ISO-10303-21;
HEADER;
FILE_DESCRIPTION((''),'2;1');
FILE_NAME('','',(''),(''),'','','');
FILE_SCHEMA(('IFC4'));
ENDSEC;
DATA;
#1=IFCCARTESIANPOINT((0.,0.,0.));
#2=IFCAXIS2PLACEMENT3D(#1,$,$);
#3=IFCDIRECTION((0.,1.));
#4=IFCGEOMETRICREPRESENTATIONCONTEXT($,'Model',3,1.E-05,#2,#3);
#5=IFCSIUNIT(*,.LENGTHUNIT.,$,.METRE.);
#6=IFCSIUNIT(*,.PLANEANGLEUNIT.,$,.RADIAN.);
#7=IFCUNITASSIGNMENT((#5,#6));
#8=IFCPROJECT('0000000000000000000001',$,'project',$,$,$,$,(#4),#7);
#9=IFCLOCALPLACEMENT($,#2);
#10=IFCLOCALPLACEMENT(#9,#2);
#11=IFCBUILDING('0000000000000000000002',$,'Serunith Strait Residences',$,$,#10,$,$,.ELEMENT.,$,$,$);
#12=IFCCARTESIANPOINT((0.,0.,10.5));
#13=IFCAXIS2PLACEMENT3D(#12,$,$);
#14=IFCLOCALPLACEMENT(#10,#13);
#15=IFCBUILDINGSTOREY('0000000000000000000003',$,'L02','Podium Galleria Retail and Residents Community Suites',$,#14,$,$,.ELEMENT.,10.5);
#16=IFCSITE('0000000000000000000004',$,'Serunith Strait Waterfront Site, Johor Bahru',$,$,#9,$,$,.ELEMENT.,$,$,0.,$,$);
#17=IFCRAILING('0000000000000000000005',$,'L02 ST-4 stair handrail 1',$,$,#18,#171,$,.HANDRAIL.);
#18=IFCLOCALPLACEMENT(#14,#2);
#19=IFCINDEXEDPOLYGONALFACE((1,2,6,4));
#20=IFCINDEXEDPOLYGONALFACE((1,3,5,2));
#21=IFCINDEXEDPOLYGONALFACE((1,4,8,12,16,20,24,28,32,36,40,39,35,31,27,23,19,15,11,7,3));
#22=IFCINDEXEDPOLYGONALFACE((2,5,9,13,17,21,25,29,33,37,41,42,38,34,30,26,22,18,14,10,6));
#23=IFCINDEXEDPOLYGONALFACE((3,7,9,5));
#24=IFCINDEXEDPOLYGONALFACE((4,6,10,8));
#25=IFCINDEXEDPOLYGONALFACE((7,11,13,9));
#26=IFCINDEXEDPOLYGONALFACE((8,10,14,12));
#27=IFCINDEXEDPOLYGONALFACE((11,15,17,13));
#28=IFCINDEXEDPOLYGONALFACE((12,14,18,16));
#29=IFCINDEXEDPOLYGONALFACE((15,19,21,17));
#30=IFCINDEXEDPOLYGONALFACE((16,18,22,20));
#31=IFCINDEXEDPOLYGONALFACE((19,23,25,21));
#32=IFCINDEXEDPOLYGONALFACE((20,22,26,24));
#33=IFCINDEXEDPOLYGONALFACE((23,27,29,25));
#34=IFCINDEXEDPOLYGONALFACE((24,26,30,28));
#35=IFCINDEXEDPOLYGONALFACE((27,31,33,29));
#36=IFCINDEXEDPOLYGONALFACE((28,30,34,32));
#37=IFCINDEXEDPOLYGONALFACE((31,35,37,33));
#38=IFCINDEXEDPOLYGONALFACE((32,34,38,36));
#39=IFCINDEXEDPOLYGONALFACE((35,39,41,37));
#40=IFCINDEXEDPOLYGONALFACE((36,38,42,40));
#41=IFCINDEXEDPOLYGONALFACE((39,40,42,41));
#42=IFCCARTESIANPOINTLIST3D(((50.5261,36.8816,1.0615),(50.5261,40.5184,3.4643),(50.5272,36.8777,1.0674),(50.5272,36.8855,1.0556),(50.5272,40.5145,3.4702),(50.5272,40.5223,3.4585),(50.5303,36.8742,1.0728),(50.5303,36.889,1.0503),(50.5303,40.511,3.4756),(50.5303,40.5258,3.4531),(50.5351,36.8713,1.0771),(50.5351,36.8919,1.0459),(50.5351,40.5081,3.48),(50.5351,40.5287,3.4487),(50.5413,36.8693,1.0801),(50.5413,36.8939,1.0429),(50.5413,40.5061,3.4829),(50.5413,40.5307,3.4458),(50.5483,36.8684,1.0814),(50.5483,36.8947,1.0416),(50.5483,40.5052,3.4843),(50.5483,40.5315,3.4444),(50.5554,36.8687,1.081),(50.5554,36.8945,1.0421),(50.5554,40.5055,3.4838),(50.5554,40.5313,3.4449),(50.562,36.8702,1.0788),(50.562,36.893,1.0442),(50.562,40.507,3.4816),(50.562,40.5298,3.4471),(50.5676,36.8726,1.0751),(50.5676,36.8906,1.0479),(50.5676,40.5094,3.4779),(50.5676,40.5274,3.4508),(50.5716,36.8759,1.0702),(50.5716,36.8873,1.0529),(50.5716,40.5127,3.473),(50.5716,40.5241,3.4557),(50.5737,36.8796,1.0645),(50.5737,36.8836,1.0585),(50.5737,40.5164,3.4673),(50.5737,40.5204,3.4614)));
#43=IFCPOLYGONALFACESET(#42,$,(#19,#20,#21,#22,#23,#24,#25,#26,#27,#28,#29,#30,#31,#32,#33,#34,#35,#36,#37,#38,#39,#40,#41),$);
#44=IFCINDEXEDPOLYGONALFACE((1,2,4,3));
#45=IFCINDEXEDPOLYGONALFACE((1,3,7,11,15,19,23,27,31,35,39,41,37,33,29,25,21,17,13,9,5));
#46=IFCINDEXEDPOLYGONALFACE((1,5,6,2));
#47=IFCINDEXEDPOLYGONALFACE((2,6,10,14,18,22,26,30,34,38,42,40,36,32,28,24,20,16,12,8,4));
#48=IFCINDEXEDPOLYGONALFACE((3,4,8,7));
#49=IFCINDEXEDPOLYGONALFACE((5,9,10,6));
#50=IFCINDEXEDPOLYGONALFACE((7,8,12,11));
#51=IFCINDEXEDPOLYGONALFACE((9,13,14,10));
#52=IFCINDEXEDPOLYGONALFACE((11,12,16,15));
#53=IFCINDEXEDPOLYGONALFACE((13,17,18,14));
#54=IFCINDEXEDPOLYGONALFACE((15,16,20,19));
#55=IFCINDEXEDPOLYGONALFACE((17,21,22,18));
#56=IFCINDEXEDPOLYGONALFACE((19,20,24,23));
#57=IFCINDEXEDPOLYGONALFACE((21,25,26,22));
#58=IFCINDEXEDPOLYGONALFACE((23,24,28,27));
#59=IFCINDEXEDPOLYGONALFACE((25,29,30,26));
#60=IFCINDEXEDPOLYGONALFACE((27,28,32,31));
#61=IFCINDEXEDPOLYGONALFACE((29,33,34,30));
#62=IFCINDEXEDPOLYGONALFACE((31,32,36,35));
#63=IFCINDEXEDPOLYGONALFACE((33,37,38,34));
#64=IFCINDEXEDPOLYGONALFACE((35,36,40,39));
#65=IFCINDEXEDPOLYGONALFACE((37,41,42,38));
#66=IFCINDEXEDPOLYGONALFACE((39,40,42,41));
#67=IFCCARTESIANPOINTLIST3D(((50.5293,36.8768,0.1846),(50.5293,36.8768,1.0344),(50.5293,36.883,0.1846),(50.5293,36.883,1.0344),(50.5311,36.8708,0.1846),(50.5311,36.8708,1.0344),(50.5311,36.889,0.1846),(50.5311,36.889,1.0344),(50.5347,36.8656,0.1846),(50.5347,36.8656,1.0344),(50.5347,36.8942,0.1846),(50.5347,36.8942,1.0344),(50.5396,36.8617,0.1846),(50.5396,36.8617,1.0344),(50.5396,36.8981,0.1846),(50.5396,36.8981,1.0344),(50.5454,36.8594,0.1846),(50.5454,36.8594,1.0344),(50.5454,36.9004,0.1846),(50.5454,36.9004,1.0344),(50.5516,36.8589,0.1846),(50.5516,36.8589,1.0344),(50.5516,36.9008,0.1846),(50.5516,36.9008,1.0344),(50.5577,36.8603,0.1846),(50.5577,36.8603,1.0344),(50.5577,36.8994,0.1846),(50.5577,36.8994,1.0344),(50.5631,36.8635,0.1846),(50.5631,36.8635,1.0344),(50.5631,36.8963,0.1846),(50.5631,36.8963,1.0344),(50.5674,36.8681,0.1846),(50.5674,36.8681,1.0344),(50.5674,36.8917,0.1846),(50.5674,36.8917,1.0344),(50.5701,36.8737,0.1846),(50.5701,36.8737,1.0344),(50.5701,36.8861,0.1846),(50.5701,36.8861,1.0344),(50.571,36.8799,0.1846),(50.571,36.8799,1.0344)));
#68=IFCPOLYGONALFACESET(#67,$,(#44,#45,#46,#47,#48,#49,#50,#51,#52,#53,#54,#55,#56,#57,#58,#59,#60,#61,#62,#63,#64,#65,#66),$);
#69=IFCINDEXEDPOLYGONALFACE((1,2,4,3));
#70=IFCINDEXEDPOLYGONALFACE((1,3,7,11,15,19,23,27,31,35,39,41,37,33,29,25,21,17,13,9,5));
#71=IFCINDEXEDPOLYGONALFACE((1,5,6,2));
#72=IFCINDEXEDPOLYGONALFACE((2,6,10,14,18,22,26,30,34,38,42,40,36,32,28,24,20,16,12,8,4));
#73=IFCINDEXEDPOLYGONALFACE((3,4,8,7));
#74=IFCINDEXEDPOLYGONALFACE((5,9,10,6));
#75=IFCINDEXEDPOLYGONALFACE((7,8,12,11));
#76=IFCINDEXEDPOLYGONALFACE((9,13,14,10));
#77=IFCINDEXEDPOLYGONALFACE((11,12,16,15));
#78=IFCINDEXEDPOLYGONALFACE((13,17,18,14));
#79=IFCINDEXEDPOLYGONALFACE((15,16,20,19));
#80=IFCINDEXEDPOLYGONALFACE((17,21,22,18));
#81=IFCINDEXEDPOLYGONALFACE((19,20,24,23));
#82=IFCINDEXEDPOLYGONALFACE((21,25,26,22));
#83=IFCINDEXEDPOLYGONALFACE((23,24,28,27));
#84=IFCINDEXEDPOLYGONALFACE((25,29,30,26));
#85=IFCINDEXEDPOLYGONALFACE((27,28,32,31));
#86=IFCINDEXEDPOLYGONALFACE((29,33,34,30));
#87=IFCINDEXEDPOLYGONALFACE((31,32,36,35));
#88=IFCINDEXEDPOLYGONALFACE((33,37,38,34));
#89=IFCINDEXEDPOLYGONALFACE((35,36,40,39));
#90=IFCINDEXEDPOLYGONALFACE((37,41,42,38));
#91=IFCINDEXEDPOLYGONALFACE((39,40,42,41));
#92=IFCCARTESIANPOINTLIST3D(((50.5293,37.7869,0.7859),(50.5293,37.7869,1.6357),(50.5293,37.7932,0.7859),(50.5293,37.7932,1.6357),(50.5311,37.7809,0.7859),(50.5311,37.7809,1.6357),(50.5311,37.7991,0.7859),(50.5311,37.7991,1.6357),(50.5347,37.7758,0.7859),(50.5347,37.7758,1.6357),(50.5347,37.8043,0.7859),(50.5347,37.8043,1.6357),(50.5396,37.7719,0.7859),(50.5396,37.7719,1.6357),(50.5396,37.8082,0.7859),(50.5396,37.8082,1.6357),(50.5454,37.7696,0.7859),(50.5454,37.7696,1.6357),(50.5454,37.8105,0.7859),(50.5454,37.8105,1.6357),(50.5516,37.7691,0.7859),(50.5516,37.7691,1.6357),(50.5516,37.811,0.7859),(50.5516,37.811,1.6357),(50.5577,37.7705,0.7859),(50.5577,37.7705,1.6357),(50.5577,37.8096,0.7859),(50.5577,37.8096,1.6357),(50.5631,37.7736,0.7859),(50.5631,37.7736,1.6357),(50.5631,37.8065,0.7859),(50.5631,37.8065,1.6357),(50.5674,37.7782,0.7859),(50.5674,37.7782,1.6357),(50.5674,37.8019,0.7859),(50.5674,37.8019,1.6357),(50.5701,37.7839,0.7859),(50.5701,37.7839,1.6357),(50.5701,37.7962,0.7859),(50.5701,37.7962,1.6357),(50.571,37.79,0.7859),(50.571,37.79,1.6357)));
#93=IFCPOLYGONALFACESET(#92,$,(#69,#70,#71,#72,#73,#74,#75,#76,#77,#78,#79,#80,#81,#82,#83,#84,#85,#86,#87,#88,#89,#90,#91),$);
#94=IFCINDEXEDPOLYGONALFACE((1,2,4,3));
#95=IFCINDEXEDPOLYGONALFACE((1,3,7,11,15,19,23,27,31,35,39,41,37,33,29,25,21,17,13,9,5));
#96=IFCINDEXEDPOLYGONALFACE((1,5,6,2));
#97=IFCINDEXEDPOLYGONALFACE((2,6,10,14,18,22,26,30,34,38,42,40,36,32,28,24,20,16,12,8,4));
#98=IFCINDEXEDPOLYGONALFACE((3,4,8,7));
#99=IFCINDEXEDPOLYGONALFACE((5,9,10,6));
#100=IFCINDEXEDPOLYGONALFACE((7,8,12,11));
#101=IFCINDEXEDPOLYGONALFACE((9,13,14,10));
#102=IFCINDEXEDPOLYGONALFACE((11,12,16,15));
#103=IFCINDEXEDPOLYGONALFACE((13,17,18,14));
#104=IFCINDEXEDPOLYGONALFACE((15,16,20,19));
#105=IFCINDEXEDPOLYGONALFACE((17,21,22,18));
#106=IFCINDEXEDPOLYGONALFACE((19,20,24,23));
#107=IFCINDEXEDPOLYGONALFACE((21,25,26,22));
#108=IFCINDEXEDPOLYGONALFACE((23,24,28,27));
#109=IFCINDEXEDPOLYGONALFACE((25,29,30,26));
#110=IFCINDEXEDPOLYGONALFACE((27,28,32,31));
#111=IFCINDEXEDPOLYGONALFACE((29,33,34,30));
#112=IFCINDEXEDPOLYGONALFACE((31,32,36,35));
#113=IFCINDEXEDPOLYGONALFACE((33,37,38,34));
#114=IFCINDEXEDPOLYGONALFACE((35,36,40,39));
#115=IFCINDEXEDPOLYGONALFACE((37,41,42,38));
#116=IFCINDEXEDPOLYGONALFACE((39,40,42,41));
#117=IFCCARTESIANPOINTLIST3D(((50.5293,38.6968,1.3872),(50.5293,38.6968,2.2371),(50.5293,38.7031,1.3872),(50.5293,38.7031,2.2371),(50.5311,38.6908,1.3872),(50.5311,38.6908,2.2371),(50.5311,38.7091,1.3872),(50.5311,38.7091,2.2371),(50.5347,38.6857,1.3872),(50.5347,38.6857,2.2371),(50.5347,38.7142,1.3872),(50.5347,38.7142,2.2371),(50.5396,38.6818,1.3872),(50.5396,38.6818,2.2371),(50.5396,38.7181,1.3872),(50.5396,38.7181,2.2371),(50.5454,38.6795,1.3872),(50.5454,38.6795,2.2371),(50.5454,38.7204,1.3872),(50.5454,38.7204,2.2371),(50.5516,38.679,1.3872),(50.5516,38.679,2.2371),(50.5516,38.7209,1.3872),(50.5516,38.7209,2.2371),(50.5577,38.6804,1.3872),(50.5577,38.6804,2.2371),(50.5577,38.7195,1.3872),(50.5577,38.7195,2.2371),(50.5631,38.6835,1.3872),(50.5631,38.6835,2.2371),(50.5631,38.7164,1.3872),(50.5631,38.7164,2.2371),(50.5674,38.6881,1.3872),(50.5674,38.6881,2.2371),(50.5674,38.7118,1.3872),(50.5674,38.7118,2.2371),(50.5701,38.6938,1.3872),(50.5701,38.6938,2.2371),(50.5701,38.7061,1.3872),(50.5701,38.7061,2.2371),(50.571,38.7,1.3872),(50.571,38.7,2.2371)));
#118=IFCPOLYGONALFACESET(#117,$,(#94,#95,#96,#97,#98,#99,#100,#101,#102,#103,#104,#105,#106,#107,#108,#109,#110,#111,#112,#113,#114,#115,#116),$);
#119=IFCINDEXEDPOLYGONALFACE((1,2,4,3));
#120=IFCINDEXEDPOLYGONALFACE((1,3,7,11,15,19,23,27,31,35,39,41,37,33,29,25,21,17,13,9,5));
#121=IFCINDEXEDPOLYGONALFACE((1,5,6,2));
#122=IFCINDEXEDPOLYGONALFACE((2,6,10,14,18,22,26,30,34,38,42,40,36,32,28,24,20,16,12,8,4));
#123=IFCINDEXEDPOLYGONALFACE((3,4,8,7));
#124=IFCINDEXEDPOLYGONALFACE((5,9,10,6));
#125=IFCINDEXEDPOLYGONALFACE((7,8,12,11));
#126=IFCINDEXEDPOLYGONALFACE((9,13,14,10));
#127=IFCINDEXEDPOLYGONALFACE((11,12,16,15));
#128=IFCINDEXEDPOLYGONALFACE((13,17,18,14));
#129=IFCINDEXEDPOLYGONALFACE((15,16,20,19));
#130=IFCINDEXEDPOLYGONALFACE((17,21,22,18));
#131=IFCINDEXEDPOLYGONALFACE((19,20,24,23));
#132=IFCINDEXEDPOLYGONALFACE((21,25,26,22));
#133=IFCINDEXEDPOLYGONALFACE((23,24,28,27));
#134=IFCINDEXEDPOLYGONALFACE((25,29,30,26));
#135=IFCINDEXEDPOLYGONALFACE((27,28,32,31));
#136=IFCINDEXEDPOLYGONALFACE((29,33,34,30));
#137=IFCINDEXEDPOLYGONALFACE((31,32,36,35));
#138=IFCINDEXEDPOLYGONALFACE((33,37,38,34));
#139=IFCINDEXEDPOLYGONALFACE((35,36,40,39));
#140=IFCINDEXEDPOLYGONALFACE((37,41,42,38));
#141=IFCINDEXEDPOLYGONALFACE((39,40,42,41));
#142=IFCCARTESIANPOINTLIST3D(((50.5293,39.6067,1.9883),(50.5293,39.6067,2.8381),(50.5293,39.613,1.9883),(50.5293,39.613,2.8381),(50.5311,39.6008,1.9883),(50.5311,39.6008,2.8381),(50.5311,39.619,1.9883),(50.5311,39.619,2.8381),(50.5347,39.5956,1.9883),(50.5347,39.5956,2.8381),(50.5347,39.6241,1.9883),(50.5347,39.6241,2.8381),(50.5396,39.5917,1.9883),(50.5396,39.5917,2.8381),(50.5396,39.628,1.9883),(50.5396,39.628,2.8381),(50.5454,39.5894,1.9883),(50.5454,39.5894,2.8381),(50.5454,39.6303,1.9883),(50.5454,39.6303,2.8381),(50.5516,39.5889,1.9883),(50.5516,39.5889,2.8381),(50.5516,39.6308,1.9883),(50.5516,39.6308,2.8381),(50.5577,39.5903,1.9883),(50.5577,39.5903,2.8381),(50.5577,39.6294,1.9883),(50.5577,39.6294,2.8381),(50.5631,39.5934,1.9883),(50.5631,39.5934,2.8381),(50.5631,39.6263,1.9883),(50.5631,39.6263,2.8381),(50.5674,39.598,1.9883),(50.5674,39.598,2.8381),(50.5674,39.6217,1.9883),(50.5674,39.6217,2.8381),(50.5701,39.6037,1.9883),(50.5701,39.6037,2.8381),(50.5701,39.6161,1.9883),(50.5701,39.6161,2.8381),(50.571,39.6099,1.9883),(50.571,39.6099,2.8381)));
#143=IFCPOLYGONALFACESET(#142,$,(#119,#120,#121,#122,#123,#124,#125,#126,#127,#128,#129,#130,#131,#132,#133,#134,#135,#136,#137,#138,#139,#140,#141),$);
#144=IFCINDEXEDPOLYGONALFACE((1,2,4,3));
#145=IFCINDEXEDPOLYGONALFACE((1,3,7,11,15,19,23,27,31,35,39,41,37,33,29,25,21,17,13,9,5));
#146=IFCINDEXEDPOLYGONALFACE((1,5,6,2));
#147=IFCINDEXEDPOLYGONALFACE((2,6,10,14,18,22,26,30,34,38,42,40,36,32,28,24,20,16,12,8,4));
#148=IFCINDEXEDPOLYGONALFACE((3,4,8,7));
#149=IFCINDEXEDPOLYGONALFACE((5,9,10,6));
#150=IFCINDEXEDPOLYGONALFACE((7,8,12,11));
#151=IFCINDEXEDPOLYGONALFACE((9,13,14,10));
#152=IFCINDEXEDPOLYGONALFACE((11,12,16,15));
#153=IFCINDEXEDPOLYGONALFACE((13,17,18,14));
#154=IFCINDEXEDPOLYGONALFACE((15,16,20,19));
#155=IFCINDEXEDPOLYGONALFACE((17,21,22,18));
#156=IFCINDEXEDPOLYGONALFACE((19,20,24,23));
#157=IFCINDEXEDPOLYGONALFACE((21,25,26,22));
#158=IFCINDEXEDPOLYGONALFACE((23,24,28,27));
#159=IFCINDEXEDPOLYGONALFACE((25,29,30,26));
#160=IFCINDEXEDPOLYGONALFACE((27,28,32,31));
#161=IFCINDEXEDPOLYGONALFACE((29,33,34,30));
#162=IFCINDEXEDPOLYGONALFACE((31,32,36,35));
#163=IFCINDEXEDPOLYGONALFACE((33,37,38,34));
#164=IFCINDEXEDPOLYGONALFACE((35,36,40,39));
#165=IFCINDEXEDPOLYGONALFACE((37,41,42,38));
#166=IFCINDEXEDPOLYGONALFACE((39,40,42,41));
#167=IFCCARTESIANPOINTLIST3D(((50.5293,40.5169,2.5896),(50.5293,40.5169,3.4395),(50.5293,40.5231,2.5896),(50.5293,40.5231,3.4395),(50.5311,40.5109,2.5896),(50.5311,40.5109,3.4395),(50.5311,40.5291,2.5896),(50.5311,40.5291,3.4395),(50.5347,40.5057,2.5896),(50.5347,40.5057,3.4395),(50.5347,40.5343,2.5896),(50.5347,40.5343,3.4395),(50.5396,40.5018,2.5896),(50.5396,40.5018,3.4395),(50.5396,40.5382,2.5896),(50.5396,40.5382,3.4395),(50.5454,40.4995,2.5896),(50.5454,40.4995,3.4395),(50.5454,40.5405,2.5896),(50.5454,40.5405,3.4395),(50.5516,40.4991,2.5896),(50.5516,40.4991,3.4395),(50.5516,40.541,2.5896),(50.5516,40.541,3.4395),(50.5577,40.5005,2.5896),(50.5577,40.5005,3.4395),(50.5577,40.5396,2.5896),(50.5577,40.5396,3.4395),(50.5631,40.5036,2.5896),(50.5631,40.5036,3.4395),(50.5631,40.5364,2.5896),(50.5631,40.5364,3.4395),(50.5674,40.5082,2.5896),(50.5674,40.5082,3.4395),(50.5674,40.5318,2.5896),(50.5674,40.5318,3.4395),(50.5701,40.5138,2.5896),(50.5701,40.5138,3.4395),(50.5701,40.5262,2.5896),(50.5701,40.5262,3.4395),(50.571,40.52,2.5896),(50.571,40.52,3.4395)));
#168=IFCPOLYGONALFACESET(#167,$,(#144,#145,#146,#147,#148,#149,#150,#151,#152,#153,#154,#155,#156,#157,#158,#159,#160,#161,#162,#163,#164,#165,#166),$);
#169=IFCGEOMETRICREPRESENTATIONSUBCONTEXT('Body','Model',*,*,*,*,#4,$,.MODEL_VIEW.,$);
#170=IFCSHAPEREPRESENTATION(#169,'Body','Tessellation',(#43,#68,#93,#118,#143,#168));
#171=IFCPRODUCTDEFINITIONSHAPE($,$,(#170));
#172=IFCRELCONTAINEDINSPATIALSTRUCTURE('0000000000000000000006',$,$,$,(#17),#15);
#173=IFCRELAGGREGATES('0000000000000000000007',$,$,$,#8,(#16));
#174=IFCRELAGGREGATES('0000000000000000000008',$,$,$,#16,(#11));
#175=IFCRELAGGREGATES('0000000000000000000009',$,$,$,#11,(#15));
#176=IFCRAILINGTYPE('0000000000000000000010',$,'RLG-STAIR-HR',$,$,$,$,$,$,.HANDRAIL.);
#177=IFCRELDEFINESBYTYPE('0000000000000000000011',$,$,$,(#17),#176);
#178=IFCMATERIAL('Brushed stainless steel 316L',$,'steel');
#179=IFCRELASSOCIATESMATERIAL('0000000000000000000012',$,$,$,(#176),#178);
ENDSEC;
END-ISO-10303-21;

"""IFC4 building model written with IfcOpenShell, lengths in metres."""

from ifc_helpers import new_model, si_unit, direction, frame, origin, origin_2d, place, context, subcontext, project, spatial, circle, extrude, material, type_object, element, save


model = new_model("IFC4")

# Units and contexts
model_context = context("Model", 3, precision=1e-05, world=origin(), true_north=direction((0.0, 1.0)))
body_context = subcontext(model_context, "Body", "Model", "MODEL_VIEW")
ifc_project = project(units=[si_unit("LENGTHUNIT", "METRE"), si_unit("PLANEANGLEUNIT", "RADIAN")], contexts=[model_context])

# Site, building, storey
site_placement = place(None, origin())
site = spatial("IfcSite", under=ifc_project, at=site_placement, Name="Serunith Strait Waterfront Site, Johor Bahru", CompositionType="ELEMENT", RefElevation=0.0)
building_placement = place(site_placement, origin())
building = spatial("IfcBuilding", under=site, at=building_placement, Name="Serunith Strait Residences", CompositionType="ELEMENT")
storey_placement = place(building_placement, frame((0.0, 0.0, 10.5)))
storey = spatial("IfcBuildingStorey", under=building, at=storey_placement, Name="L02", Description="Podium Galleria Retail and Residents Community Suites", CompositionType="ELEMENT", Elevation=10.5)

# Railing
ifc_material_1 = material(Name="Brushed stainless steel 316L", Category="steel")
railing_type_1 = type_object("IfcRailingType", Name="RLG-STAIR-HR", PredefinedType="HANDRAIL", material=ifc_material_1)
railing_1_placement = place(storey_placement, frame((50.55, 36.8799, 0.1846)))
element("IfcRailing", 1, at=railing_1_placement, inside=storey, type_object=railing_type_1, Name="L02 ST-4 stair handrail 1", PredefinedType="HANDRAIL", context=body_context, shape_type="SweptSolid", body=[
    extrude(circle(Radius=0.0239, at=origin_2d()), frame((0.0, 0.0017, 0.877), z_axis=(0.0, 0.834342, 0.551248), x_axis=(-1.0, 0.0, 0.0)), (0.0, 0.0, 1.0), 4.3589),
    extrude(circle(Radius=0.021, at=origin_2d()), origin(), (0.0, 0.0, 1.0), 0.8499),
    extrude(circle(Radius=0.021, at=origin_2d()), frame((0.0, 0.9102, 0.6013)), (0.0, 0.0, 1.0), 0.8499),
    extrude(circle(Radius=0.021, at=origin_2d()), frame((0.0, 1.8201, 1.2026)), (0.0, 0.0, 1.0), 0.8499),
    extrude(circle(Radius=0.021, at=origin_2d()), frame((0.0, 2.73, 1.8037)), (0.0, 0.0, 1.0), 0.8499),
    extrude(circle(Radius=0.021, at=origin_2d()), frame((0.0, 3.6401, 2.405)), (0.0, 0.0, 1.0), 0.8499),
])

save(model, "model.ifc")
